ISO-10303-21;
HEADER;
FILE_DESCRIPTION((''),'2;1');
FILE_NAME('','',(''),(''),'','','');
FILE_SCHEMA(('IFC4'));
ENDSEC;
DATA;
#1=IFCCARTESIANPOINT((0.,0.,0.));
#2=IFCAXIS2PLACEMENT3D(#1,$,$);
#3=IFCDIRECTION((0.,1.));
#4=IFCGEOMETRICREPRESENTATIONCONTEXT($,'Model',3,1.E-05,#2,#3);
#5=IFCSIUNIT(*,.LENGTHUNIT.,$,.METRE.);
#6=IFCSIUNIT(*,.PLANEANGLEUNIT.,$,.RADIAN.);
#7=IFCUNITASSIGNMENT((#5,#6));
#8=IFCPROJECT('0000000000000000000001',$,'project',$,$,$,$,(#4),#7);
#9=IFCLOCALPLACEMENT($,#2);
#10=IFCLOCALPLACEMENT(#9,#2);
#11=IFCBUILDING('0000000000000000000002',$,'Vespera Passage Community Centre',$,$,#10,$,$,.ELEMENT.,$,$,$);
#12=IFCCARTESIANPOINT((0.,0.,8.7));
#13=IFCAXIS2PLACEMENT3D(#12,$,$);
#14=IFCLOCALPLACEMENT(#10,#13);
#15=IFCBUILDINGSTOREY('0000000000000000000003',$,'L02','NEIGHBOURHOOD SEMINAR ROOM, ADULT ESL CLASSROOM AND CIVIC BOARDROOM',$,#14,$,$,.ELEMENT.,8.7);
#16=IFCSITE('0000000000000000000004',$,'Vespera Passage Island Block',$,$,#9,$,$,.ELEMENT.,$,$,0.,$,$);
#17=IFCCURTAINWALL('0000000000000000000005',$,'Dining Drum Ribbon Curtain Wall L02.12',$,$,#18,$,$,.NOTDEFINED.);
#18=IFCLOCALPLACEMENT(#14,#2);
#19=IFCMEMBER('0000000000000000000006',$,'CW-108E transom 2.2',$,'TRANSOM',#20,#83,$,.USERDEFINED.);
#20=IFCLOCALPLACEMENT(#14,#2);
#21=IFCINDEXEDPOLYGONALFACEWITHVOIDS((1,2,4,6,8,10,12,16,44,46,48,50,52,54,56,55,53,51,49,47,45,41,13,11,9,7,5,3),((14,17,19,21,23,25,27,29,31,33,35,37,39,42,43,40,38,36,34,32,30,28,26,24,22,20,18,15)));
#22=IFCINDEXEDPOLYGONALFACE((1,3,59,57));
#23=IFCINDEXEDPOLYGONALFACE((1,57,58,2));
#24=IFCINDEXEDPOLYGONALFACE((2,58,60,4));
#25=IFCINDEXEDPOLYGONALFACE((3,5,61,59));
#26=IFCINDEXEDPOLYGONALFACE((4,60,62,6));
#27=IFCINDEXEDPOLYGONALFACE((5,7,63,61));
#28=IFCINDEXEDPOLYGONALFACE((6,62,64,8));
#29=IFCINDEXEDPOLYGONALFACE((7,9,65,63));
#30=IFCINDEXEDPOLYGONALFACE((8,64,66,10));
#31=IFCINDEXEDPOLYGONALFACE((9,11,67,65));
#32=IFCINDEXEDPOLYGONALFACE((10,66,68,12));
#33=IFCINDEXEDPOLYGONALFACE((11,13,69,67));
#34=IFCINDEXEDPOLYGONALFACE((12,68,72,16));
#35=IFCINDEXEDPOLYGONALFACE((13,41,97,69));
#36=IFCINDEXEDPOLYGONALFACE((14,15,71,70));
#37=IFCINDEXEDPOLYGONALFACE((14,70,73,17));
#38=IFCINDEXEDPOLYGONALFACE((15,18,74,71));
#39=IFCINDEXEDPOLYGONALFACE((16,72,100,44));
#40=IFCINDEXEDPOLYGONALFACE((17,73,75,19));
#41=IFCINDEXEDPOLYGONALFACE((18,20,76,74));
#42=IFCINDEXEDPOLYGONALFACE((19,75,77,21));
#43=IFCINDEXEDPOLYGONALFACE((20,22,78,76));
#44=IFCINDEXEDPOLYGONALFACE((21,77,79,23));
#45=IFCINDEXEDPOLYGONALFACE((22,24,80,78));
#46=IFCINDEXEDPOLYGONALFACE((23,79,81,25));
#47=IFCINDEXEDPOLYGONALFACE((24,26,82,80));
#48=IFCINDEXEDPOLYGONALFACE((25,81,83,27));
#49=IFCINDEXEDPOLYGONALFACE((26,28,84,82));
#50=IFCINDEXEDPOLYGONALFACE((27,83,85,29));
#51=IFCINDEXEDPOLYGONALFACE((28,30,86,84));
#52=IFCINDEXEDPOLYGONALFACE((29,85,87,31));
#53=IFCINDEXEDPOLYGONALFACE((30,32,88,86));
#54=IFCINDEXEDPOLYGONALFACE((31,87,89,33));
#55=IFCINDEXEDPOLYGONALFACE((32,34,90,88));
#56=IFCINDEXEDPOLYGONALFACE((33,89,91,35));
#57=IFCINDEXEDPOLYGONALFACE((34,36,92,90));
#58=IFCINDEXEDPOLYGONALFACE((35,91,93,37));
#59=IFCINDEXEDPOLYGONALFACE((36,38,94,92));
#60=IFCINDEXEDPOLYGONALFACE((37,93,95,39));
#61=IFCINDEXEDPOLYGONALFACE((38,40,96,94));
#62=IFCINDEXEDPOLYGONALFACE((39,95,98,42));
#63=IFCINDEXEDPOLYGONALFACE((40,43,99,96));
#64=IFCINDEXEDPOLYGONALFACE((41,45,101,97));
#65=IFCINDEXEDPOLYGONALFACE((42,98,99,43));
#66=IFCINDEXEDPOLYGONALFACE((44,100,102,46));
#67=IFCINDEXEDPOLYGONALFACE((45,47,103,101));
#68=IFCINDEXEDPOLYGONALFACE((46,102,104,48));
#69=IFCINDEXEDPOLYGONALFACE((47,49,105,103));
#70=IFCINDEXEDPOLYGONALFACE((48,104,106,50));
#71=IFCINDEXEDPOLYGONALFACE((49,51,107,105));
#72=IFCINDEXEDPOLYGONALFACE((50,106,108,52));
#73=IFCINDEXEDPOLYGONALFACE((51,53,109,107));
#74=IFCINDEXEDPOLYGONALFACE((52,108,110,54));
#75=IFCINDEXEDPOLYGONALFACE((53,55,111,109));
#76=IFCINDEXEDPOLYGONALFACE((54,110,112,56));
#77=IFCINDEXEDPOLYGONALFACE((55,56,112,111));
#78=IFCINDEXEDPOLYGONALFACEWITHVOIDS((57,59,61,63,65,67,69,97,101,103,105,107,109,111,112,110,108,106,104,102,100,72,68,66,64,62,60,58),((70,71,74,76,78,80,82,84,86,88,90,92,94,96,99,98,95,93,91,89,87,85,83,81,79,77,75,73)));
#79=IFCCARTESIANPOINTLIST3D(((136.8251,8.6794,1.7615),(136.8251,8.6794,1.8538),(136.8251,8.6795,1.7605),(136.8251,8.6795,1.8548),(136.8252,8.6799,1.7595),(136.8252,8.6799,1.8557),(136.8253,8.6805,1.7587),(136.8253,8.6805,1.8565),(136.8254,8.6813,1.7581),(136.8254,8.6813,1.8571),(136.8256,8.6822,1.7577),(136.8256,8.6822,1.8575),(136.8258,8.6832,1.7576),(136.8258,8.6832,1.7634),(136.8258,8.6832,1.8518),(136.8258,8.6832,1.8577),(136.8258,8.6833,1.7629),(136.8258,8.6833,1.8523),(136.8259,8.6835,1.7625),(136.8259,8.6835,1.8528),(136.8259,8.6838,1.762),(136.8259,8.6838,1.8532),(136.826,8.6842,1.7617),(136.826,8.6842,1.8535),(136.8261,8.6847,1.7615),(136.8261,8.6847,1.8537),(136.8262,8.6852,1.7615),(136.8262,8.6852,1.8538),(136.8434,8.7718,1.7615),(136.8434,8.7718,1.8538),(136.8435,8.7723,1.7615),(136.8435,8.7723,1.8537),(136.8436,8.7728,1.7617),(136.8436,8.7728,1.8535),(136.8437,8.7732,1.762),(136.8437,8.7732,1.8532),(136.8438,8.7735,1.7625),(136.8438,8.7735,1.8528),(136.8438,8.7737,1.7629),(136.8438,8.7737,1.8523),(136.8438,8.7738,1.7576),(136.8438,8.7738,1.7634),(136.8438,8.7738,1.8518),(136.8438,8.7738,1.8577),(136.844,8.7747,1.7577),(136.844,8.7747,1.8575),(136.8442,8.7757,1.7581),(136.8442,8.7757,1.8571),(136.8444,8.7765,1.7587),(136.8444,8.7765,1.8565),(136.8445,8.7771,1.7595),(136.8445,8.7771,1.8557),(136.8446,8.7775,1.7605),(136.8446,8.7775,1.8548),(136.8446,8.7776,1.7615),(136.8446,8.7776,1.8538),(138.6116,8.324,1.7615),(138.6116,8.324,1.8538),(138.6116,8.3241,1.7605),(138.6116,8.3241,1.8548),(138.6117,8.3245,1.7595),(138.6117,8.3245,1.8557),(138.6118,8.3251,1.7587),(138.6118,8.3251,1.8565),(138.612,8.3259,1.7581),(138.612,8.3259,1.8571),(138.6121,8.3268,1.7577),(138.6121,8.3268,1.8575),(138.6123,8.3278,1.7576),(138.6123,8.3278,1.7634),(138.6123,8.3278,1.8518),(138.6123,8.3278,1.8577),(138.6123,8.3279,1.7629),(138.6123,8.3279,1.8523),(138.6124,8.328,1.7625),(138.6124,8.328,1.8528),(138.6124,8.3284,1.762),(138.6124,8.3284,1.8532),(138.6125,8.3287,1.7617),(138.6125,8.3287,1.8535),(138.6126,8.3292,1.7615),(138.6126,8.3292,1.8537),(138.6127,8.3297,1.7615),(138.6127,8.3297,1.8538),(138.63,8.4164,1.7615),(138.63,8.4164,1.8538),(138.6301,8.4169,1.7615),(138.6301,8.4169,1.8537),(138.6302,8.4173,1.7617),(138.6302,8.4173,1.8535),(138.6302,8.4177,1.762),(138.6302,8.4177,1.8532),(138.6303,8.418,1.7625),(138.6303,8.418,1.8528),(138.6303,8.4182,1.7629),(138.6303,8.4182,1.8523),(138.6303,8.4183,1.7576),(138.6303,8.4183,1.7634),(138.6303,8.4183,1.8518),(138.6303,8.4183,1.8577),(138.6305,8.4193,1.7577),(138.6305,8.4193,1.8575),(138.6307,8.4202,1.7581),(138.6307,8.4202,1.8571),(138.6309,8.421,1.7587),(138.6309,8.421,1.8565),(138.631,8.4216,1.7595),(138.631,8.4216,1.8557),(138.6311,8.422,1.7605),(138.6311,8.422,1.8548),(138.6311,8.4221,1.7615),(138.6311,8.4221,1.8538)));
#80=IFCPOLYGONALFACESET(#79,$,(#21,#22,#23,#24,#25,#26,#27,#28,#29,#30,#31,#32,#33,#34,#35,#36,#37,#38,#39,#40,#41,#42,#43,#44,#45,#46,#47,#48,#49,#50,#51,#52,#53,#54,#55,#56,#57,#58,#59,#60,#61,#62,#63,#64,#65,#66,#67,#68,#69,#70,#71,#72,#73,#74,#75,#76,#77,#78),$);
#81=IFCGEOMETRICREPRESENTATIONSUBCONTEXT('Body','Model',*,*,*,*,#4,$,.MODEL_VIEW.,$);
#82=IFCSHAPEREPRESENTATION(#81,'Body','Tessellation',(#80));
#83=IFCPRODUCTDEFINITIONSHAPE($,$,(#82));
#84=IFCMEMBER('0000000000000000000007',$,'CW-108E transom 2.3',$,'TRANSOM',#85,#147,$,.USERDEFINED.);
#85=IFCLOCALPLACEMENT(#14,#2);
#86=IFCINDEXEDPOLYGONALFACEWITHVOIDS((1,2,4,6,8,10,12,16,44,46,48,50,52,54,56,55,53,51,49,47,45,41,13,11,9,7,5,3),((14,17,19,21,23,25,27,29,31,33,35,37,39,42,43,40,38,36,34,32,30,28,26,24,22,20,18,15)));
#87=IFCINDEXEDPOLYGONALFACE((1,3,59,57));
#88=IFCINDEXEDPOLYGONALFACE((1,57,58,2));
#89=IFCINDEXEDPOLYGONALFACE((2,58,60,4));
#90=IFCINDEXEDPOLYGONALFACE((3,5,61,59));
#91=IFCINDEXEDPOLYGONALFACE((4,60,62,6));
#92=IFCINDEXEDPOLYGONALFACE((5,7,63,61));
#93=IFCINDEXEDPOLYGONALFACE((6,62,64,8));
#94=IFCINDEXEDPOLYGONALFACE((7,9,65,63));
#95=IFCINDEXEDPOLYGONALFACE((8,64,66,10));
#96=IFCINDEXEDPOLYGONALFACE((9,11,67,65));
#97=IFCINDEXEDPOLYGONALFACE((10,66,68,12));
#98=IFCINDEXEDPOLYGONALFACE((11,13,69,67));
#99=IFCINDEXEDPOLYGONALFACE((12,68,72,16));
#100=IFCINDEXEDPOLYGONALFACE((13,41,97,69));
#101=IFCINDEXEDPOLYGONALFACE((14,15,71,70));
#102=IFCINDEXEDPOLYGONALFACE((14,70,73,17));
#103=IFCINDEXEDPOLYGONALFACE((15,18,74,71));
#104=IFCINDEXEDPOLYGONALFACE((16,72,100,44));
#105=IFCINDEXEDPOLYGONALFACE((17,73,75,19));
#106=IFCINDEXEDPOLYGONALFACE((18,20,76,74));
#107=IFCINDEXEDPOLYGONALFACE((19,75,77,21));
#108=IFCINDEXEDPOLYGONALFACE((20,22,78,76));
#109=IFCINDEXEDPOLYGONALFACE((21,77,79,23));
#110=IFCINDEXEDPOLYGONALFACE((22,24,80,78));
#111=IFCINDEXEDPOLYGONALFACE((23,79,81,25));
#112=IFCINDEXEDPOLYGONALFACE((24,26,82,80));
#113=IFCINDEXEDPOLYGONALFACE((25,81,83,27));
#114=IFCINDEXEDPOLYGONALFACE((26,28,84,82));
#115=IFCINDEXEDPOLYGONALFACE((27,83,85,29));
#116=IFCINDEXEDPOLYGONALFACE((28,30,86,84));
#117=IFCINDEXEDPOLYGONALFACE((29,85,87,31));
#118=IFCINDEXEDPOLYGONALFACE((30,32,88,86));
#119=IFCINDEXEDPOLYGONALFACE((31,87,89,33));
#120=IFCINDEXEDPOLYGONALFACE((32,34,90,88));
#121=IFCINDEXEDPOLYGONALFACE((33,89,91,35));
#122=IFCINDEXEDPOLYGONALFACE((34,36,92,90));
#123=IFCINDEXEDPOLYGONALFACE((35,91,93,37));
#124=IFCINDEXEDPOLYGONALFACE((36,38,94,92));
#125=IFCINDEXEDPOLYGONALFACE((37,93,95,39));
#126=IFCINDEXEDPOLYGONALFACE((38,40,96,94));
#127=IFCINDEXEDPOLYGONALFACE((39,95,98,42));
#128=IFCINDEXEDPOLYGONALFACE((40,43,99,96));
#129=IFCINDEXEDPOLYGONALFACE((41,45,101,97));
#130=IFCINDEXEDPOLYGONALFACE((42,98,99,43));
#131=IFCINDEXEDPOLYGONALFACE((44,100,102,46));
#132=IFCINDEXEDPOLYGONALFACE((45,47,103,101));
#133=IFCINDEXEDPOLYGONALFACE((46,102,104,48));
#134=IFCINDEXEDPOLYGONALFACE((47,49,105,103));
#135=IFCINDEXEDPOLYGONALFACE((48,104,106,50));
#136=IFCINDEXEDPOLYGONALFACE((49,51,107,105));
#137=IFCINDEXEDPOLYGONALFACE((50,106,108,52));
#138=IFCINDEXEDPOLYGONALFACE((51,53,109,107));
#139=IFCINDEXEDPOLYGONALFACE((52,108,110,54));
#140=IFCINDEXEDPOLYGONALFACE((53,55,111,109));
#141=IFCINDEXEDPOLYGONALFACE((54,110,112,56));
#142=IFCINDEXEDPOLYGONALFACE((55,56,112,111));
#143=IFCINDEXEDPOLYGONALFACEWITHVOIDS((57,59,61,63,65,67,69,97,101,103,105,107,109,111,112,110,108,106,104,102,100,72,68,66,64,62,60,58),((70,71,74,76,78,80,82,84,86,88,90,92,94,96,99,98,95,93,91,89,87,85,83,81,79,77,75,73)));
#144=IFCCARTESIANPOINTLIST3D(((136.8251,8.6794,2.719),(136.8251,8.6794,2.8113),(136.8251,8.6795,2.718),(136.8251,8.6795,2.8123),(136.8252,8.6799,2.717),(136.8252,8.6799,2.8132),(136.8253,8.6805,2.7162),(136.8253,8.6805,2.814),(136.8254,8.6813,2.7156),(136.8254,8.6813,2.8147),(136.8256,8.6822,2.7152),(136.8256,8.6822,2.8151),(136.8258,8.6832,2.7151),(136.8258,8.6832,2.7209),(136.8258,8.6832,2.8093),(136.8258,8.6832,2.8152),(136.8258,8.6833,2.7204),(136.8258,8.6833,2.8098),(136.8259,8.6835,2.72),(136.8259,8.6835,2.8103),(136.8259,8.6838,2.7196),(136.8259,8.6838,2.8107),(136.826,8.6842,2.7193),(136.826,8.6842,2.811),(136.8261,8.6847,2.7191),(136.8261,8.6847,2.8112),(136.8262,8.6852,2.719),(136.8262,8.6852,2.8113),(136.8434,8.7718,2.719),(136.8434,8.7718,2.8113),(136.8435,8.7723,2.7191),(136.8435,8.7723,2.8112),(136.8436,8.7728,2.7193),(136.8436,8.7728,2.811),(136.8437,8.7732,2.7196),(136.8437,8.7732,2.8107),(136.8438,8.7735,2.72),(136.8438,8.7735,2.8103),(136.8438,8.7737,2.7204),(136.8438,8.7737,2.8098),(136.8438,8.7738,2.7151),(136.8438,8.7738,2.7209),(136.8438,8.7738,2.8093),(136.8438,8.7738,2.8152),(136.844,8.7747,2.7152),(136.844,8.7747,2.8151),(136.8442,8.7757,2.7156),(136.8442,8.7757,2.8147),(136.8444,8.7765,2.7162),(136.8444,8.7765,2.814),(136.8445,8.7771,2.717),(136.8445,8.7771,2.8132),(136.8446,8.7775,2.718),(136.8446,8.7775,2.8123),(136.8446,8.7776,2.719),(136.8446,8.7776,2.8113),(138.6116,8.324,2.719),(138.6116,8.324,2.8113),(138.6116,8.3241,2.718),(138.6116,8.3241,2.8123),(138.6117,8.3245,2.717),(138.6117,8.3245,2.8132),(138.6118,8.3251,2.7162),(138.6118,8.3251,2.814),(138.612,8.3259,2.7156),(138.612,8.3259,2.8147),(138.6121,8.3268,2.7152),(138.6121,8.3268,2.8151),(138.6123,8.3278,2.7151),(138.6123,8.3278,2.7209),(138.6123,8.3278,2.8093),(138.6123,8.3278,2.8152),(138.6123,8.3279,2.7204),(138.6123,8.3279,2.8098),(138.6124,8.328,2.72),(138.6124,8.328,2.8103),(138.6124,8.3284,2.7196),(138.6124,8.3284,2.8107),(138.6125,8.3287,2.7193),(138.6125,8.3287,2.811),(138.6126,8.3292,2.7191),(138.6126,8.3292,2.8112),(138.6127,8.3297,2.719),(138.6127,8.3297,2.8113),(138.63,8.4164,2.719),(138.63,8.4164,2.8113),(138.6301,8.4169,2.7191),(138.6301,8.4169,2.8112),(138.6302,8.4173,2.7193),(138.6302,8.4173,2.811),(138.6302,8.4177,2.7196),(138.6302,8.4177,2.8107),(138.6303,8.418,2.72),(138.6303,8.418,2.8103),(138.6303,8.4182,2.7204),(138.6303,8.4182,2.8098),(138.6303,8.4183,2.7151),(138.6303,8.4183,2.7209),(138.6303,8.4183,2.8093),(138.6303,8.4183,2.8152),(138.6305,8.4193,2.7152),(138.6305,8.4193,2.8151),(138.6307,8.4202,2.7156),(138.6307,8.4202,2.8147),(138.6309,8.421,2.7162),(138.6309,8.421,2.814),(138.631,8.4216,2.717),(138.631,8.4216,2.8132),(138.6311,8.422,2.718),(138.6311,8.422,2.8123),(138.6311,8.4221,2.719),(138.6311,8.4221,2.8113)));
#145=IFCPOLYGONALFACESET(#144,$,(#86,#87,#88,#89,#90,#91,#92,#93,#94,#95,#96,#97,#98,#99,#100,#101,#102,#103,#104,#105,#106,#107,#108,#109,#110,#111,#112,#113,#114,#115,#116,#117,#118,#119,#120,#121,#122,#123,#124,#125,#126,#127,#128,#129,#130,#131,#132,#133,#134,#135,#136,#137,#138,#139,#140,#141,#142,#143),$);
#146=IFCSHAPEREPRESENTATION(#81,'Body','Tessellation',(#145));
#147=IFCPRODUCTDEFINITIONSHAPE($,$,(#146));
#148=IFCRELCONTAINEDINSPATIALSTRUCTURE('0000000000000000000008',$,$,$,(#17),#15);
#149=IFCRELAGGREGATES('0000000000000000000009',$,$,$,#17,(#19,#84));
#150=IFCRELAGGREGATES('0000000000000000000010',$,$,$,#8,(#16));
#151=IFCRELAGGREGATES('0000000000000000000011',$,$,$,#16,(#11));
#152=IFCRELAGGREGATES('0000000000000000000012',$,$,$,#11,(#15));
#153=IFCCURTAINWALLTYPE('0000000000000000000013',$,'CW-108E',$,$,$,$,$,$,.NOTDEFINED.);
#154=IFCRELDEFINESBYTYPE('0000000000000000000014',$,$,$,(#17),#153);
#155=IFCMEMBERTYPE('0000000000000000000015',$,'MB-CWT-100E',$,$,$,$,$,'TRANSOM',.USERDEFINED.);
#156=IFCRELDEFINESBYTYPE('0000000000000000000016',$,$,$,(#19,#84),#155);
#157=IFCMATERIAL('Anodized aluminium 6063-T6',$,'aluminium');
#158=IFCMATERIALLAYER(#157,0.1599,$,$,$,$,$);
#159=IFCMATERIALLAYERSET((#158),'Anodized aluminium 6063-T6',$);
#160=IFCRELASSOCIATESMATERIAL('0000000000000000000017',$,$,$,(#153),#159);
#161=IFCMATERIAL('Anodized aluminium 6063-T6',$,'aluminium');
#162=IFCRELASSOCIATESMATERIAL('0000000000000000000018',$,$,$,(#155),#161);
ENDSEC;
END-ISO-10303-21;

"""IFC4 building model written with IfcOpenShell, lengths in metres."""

from ifc_helpers import new_model, si_unit, direction, frame, origin, origin_2d, place, context, subcontext, project, spatial, hollow_rectangle, extrude, material, layer, layer_set, material_profile, profile_set, type_object, element, aggregate, save


model = new_model("IFC4")

# Units and contexts
model_context = context("Model", 3, precision=1e-05, world=origin(), true_north=direction((0.0, 1.0)))
body_context = subcontext(model_context, "Body", "Model", "MODEL_VIEW")
ifc_project = project(units=[si_unit("LENGTHUNIT", "METRE"), si_unit("PLANEANGLEUNIT", "RADIAN")], contexts=[model_context])

# Site, building, storey
site_placement = place(None, origin())
site = spatial("IfcSite", under=ifc_project, at=site_placement, Name="Vespera Passage Island Block", CompositionType="ELEMENT", RefElevation=0.0)
building_placement = place(site_placement, origin())
building = spatial("IfcBuilding", under=site, at=building_placement, Name="Vespera Passage Community Centre", CompositionType="ELEMENT")
storey_placement = place(building_placement, frame((0.0, 0.0, 8.7)))
storey = spatial("IfcBuildingStorey", under=building, at=storey_placement, Name="L02", Description="NEIGHBOURHOOD SEMINAR ROOM, ADULT ESL CLASSROOM AND CIVIC BOARDROOM", CompositionType="ELEMENT", Elevation=8.7)

# Curtain wall
ifc_material_1 = material(Name="Anodized aluminium 6063-T6", Category="aluminium")
ifc_layer_1 = layer(ifc_material_1, 0.1599)
ifc_layer_set_1 = layer_set([ifc_layer_1], Name="Anodized aluminium 6063-T6")
curtain_wall_type_1 = type_object("IfcCurtainWallType", Name="CW-108E", PredefinedType="NOTDEFINED", material=ifc_layer_set_1)
curtain_wall_1_placement = place(storey_placement, origin())
curtain_wall_1 = element("IfcCurtainWall", 1, at=curtain_wall_1_placement, inside=storey, type_object=curtain_wall_type_1, Name="Dining Drum Ribbon Curtain Wall L02.12", PredefinedType="NOTDEFINED")

# Members
ifc_material_2 = material(Name="Anodized aluminium 6063-T6", Category="aluminium")
ifc_material_profile_1 = material_profile(ifc_material_2, hollow_rectangle(XDim=0.1001, YDim=0.1001, WallThickness=0.0039, InnerFilletRadius=0.002, OuterFilletRadius=0.0039, at=origin_2d()), Name="ALU100X100X4")
ifc_profile_set_1 = profile_set([ifc_material_profile_1], Name="Anodized aluminium 6063-T6")
member_type_1 = type_object("IfcMemberType", Name="MB-CWT-100E", ElementType="TRANSOM", PredefinedType="USERDEFINED", material=ifc_profile_set_1)
member_1_placement = place(storey_placement, frame((138.6213, 8.373, 1.8076), z_axis=(-0.980776, 0.195137, 0.0), x_axis=(-0.195137, -0.980776, 0.0)))
member_1 = element("IfcMember", 2, at=member_1_placement, type_object=member_type_1, Name="CW-108E transom 2.2", ObjectType="TRANSOM", PredefinedType="USERDEFINED", context=body_context, shape_type="SweptSolid", body=[
    extrude(hollow_rectangle(XDim=0.1001, YDim=0.1001, WallThickness=0.0039, InnerFilletRadius=0.002, OuterFilletRadius=0.0039, at=origin_2d()), origin(), (0.0, 0.0, 1.0), 1.8215),
])
member_2_placement = place(storey_placement, frame((138.6213, 8.373, 2.7651), z_axis=(-0.980776, 0.195137, 0.0), x_axis=(-0.195137, -0.980776, 0.0)))
member_2 = element("IfcMember", 3, at=member_2_placement, type_object=member_type_1, Name="CW-108E transom 2.3", ObjectType="TRANSOM", PredefinedType="USERDEFINED", context=body_context, shape_type="SweptSolid", body=[
    extrude(hollow_rectangle(XDim=0.1001, YDim=0.1001, WallThickness=0.0039, InnerFilletRadius=0.002, OuterFilletRadius=0.0039, at=origin_2d()), origin(), (0.0, 0.0, 1.0), 1.8215),
])

aggregate(curtain_wall_1, [member_1, member_2])

save(model, "model.ifc")
